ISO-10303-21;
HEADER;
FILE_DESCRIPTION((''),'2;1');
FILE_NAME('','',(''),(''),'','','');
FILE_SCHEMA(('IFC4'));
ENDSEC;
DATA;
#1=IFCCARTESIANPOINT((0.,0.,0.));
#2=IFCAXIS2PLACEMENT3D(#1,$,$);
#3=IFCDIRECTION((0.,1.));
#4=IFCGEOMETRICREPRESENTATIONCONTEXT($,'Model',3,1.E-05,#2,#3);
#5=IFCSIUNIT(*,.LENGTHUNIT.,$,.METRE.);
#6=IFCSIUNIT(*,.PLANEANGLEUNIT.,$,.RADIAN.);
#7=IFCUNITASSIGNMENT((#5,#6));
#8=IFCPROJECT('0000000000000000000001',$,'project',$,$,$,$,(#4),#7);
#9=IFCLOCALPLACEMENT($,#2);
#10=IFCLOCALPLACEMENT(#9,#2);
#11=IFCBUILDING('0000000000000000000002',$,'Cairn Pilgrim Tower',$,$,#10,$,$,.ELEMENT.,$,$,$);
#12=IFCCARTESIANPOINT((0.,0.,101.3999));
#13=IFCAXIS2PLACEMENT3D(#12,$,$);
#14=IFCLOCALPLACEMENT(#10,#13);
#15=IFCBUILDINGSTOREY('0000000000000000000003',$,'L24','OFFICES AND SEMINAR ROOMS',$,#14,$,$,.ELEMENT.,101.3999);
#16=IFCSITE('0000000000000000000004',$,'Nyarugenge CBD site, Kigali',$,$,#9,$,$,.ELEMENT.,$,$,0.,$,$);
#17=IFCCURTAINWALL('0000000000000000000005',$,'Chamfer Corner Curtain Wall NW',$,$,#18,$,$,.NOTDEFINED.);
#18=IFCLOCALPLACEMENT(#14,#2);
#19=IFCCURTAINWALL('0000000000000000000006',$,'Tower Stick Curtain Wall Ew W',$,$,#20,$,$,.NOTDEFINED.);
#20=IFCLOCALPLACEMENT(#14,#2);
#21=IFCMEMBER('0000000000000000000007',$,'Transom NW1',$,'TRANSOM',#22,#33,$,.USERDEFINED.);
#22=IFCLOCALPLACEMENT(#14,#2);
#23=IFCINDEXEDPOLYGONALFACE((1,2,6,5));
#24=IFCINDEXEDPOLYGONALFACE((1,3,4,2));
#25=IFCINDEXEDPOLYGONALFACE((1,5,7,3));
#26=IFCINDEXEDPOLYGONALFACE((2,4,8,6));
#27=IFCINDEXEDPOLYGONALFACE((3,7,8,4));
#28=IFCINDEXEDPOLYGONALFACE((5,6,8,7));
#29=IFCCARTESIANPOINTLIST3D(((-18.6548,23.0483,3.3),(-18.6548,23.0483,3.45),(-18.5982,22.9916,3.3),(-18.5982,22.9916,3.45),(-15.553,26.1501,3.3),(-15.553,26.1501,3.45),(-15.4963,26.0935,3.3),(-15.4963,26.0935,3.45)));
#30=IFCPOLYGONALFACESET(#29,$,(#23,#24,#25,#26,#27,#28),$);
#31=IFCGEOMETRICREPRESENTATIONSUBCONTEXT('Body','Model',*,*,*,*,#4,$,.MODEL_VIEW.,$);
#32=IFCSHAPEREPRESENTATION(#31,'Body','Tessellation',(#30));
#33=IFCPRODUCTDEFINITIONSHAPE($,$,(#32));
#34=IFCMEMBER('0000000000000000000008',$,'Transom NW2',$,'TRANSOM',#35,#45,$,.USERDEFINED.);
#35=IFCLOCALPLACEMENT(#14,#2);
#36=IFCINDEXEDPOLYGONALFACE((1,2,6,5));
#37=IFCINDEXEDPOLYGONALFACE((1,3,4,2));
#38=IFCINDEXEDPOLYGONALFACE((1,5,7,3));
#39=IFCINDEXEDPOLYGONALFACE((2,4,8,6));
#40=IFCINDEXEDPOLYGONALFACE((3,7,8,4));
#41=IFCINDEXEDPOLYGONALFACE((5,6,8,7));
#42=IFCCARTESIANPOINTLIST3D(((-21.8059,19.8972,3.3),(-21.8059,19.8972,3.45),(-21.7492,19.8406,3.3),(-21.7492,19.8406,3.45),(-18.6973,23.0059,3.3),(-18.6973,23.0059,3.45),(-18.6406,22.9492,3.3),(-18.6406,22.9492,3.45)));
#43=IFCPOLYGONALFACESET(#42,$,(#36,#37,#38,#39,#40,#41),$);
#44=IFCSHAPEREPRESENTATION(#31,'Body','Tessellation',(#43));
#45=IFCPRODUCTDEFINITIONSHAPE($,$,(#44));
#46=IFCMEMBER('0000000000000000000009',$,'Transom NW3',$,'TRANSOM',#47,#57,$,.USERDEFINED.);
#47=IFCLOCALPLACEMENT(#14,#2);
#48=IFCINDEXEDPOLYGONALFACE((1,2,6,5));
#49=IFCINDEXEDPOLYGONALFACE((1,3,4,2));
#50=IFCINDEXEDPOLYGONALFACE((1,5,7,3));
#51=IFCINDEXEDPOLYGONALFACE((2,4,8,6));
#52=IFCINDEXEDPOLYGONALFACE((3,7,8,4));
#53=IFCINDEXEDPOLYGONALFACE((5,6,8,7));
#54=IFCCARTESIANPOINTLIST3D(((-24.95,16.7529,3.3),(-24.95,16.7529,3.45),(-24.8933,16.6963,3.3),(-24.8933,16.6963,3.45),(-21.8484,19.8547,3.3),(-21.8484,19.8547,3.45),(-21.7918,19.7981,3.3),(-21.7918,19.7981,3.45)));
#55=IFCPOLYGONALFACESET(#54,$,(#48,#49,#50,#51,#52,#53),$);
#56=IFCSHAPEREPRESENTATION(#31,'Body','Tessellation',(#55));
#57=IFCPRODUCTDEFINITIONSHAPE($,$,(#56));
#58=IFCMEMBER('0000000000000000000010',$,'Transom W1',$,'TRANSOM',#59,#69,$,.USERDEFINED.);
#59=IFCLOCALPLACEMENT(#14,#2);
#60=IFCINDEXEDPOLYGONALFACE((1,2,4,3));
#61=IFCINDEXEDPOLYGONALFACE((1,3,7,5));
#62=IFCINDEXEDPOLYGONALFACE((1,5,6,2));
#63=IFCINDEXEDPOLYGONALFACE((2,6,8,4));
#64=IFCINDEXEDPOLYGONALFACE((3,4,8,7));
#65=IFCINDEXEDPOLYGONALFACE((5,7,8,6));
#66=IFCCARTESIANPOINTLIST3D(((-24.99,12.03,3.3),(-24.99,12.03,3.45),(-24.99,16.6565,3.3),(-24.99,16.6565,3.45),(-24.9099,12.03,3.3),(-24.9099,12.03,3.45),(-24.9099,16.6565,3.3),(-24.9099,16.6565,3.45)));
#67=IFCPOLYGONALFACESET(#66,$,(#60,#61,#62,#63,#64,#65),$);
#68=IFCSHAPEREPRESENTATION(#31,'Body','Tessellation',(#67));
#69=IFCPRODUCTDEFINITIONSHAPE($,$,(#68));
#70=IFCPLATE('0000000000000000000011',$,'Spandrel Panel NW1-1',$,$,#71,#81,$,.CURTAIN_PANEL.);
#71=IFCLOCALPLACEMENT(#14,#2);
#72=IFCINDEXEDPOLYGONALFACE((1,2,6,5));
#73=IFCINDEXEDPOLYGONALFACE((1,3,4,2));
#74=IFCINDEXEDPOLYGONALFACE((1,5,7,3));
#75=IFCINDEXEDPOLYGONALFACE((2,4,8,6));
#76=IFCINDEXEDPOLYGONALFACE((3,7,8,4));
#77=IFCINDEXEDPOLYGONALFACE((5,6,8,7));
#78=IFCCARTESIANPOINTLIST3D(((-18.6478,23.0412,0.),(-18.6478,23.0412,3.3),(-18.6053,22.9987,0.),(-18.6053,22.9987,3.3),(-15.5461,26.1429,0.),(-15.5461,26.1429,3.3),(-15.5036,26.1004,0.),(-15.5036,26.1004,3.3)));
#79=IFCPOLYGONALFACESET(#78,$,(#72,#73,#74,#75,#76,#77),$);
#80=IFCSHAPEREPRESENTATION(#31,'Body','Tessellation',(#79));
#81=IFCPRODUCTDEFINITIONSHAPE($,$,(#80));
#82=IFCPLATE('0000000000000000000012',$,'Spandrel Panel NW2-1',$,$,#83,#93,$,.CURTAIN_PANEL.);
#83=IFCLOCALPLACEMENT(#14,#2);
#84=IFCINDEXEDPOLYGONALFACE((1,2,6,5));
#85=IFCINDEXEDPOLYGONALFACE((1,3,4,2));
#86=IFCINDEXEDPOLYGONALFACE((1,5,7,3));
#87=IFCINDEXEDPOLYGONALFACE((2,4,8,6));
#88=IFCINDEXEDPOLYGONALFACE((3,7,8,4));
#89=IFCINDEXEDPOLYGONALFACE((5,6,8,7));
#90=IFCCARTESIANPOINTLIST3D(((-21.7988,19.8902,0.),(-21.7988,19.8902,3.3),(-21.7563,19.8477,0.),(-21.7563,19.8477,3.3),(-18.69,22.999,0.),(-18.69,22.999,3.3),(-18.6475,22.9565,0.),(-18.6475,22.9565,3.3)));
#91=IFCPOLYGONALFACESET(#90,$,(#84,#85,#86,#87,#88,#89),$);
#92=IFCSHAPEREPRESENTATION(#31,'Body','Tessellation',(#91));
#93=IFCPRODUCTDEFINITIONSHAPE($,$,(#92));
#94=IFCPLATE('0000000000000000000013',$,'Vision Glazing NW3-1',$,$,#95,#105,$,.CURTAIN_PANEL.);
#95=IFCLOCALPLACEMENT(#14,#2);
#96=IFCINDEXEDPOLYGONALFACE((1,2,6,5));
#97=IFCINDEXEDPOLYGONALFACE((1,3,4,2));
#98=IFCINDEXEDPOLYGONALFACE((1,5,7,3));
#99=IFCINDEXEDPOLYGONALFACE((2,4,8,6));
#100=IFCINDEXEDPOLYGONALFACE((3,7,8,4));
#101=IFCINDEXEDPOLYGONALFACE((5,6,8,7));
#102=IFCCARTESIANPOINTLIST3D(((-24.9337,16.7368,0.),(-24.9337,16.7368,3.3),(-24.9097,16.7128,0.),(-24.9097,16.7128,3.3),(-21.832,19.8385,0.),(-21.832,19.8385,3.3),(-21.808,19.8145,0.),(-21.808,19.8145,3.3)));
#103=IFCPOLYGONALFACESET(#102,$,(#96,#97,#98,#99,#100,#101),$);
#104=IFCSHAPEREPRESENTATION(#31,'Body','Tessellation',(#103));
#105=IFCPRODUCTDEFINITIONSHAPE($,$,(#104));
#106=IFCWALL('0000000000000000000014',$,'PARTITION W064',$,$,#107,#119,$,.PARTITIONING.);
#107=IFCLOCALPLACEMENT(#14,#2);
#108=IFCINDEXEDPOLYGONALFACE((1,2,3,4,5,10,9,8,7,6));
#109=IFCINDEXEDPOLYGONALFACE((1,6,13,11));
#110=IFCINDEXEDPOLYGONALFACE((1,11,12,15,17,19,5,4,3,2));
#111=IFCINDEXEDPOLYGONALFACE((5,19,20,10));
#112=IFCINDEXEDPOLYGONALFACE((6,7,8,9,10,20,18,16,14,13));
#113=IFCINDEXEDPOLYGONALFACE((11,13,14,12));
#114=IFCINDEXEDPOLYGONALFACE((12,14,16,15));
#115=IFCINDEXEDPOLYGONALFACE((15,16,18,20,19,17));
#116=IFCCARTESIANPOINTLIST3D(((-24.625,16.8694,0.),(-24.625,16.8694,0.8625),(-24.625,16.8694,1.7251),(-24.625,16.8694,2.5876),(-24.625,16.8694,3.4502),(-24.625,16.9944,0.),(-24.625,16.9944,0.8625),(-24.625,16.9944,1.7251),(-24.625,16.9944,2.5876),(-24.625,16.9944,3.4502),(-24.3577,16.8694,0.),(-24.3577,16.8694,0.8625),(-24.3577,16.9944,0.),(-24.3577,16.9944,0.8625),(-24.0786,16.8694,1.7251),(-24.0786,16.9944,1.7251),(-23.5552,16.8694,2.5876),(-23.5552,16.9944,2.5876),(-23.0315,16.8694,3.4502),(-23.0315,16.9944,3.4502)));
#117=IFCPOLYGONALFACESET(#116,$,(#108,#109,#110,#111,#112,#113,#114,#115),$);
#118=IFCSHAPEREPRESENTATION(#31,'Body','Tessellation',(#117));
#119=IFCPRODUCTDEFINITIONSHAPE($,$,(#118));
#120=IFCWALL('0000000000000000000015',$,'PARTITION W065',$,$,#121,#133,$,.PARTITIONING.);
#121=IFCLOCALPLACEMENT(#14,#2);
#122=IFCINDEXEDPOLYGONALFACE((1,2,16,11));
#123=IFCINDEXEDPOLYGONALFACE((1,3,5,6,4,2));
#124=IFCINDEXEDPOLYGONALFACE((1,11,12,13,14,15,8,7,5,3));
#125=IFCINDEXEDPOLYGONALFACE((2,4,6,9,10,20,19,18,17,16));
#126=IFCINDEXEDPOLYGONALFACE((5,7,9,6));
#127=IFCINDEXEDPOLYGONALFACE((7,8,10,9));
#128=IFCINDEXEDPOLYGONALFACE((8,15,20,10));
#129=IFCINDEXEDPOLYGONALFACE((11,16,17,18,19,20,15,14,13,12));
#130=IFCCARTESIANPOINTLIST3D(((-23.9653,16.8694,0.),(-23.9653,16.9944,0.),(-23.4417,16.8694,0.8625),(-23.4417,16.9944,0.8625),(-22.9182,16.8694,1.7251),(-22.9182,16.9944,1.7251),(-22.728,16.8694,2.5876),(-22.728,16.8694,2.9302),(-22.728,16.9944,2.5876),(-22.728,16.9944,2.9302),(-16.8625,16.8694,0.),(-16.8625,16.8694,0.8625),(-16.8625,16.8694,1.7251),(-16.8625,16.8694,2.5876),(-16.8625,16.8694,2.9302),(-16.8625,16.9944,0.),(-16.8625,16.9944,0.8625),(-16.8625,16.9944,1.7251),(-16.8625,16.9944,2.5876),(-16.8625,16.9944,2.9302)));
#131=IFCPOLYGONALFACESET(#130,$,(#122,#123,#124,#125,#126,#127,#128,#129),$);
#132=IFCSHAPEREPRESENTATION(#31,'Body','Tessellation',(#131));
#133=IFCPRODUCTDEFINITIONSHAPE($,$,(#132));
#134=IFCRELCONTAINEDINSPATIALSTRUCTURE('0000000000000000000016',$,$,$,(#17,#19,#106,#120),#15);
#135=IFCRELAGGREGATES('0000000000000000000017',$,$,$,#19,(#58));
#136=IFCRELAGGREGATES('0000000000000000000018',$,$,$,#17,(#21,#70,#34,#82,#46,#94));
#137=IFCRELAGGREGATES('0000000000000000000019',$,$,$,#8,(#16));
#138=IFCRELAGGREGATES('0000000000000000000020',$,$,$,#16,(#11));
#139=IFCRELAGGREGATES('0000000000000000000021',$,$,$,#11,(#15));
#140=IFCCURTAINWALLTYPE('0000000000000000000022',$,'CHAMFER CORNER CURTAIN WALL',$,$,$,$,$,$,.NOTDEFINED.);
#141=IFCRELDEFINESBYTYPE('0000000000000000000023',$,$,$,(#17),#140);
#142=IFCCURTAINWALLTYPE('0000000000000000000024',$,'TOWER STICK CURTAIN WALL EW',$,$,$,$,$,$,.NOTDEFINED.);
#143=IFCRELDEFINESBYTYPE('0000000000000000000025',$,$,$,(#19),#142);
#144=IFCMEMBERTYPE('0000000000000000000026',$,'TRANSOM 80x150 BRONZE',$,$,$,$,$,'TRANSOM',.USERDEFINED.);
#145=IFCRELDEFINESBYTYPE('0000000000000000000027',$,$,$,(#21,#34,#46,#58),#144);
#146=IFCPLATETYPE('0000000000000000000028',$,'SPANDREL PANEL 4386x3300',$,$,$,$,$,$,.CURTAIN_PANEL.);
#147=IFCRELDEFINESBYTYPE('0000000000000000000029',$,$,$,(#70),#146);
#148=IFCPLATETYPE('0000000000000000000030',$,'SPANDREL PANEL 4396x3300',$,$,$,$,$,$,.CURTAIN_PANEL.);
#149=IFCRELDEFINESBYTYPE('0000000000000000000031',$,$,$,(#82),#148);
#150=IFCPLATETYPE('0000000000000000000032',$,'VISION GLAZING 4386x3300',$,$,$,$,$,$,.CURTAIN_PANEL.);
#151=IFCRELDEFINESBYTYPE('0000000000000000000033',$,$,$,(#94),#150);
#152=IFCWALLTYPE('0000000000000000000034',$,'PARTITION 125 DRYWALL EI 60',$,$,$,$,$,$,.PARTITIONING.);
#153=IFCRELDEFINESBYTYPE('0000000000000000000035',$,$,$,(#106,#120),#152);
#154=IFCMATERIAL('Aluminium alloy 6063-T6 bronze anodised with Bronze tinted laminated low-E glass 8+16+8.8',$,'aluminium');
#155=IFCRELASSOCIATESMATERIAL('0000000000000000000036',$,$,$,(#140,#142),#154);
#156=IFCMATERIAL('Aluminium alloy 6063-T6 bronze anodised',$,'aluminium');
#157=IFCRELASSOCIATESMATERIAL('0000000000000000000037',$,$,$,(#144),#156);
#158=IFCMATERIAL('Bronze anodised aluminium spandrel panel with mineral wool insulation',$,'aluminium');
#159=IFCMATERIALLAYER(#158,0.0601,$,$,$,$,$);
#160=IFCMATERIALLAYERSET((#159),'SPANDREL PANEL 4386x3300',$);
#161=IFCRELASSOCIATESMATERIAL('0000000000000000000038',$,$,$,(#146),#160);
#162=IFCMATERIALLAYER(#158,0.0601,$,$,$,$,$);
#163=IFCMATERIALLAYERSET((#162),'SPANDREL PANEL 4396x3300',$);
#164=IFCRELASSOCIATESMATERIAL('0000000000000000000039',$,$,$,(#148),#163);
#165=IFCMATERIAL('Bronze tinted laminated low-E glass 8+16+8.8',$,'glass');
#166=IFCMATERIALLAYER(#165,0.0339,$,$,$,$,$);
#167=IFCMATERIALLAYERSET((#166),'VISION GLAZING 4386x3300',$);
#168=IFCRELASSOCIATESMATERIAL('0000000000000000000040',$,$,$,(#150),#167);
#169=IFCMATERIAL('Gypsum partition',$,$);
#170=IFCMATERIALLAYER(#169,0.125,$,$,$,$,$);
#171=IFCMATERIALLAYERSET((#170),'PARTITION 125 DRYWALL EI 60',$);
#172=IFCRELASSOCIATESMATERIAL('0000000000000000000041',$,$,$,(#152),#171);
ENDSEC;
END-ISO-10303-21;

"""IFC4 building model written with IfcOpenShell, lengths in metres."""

from ifc_helpers import new_model, si_unit, direction, frame, origin, origin_2d, place, context, subcontext, project, spatial, polyline, rectangle, outline, extrude, material, layer, layer_set, material_profile, profile_set, type_object, element, aggregate, save


model = new_model("IFC4")

# Units and contexts
model_context = context("Model", 3, precision=1e-05, world=origin(), true_north=direction((0.0, 1.0)))
body_context = subcontext(model_context, "Body", "Model", "MODEL_VIEW")
ifc_project = project(units=[si_unit("LENGTHUNIT", "METRE"), si_unit("PLANEANGLEUNIT", "RADIAN")], contexts=[model_context])

# Site, building, storey
site_placement = place(None, origin())
site = spatial("IfcSite", under=ifc_project, at=site_placement, Name="Nyarugenge CBD site, Kigali", CompositionType="ELEMENT", RefElevation=0.0)
building_placement = place(site_placement, origin())
building = spatial("IfcBuilding", under=site, at=building_placement, Name="Cairn Pilgrim Tower", CompositionType="ELEMENT")
storey_placement = place(building_placement, frame((0.0, 0.0, 101.3999)))
storey = spatial("IfcBuildingStorey", under=building, at=storey_placement, Name="L24", Description="OFFICES AND SEMINAR ROOMS", CompositionType="ELEMENT", Elevation=101.3999)

# Curtain wall
ifc_material_1 = material(Name="Aluminium alloy 6063-T6 bronze anodised with Bronze tinted laminated low-E glass 8+16+8.8", Category="aluminium")
curtain_wall_type_1 = type_object("IfcCurtainWallType", Name="CHAMFER CORNER CURTAIN WALL", PredefinedType="NOTDEFINED", material=ifc_material_1)
curtain_wall_1_placement = place(storey_placement, origin())
curtain_wall_1 = element("IfcCurtainWall", 1, at=curtain_wall_1_placement, inside=storey, type_object=curtain_wall_type_1, Name="Chamfer Corner Curtain Wall NW", PredefinedType="NOTDEFINED")
ifc_material_2 = material(Name="Aluminium alloy 6063-T6 bronze anodised", Category="aluminium")

# Curtain wall
curtain_wall_type_2 = type_object("IfcCurtainWallType", Name="TOWER STICK CURTAIN WALL EW", PredefinedType="NOTDEFINED", material=ifc_material_1)
curtain_wall_2_placement = place(storey_placement, origin())
curtain_wall_2 = element("IfcCurtainWall", 2, at=curtain_wall_2_placement, inside=storey, type_object=curtain_wall_type_2, Name="Tower Stick Curtain Wall Ew W", PredefinedType="NOTDEFINED")

# Members
ifc_material_profile_1 = material_profile(ifc_material_2, rectangle(XDim=0.0801, YDim=0.1499, at=origin_2d()), Name="TRANSOM 80x150 BRONZE")
ifc_profile_set_1 = profile_set([ifc_material_profile_1], Name="Aluminium alloy 6063-T6 bronze anodised")
member_type_1 = type_object("IfcMemberType", Name="TRANSOM 80x150 BRONZE", ElementType="TRANSOM", PredefinedType="USERDEFINED", material=ifc_profile_set_1)
member_1_placement = place(storey_placement, frame((-15.5247, 26.1218, 3.375), z_axis=(-0.707107, -0.707107, 0.0), x_axis=(0.707107, -0.707107, 0.0)))
member_1 = element("IfcMember", 3, at=member_1_placement, type_object=member_type_1, Name="Transom NW1", ObjectType="TRANSOM", PredefinedType="USERDEFINED", context=body_context, shape_type="SweptSolid", body=[
    extrude(rectangle(XDim=0.0801, YDim=0.1499, at=origin_2d()), origin(), (0.0, 0.0, 1.0), 4.3867),
])
member_2_placement = place(storey_placement, frame((-18.6689, 22.9775, 3.375), z_axis=(-0.707107, -0.707107, 0.0), x_axis=(0.707107, -0.707107, 0.0)))
member_2 = element("IfcMember", 4, at=member_2_placement, type_object=member_type_1, Name="Transom NW2", ObjectType="TRANSOM", PredefinedType="USERDEFINED", context=body_context, shape_type="SweptSolid", body=[
    extrude(rectangle(XDim=0.0801, YDim=0.1499, at=origin_2d()), origin(), (0.0, 0.0, 1.0), 4.3962),
])
member_3_placement = place(storey_placement, frame((-21.8201, 19.8264, 3.375), z_axis=(-0.707079, -0.707135, 0.0), x_axis=(0.707135, -0.707079, 0.0)))
member_3 = element("IfcMember", 5, at=member_3_placement, type_object=member_type_1, Name="Transom NW3", ObjectType="TRANSOM", PredefinedType="USERDEFINED", context=body_context, shape_type="SweptSolid", body=[
    extrude(rectangle(XDim=0.0801, YDim=0.1499, at=origin_2d()), origin(), (0.0, 0.0, 1.0), 4.3865),
])
member_4_placement = place(storey_placement, frame((-24.95, 16.6565, 3.375), z_axis=(0.0, -1.0, 0.0), x_axis=(1.0, 0.0, 0.0)))
member_4 = element("IfcMember", 6, at=member_4_placement, type_object=member_type_1, Name="Transom W1", ObjectType="TRANSOM", PredefinedType="USERDEFINED", context=body_context, shape_type="SweptSolid", body=[
    extrude(rectangle(XDim=0.0801, YDim=0.1499, at=origin_2d()), origin(), (0.0, 0.0, 1.0), 4.6265),
])
aggregate(curtain_wall_2, [member_4])

# Plates
ifc_material_3 = material(Name="Bronze anodised aluminium spandrel panel with mineral wool insulation", Category="aluminium")
ifc_layer_1 = layer(ifc_material_3, 0.0601)
ifc_layer_set_1 = layer_set([ifc_layer_1], Name="SPANDREL PANEL 4386x3300")
plate_type_1 = type_object("IfcPlateType", Name="SPANDREL PANEL 4386x3300", PredefinedType="CURTAIN_PANEL", material=ifc_layer_set_1)
plate_1_placement = place(storey_placement, frame((-17.0757, 24.5708, 0.0), z_axis=(0.0, 0.0, 1.0), x_axis=(-0.707107, -0.707107, 0.0)))
plate_1 = element("IfcPlate", 7, at=plate_1_placement, type_object=plate_type_1, Name="Spandrel Panel NW1-1", PredefinedType="CURTAIN_PANEL", context=body_context, shape_type="SweptSolid", body=[
    extrude(rectangle(XDim=4.3865, YDim=0.0601, at=origin_2d()), origin(), (0.0, 0.0, 1.0), 3.3),
])
ifc_layer_2 = layer(ifc_material_3, 0.0601)
ifc_layer_set_2 = layer_set([ifc_layer_2], Name="SPANDREL PANEL 4396x3300")
plate_type_2 = type_object("IfcPlateType", Name="SPANDREL PANEL 4396x3300", PredefinedType="CURTAIN_PANEL", material=ifc_layer_set_2)
plate_2_placement = place(storey_placement, frame((-20.2231, 21.4233, 0.0), z_axis=(0.0, 0.0, 1.0), x_axis=(-0.707107, -0.707107, 0.0)))
plate_2 = element("IfcPlate", 8, at=plate_2_placement, type_object=plate_type_2, Name="Spandrel Panel NW2-1", PredefinedType="CURTAIN_PANEL", context=body_context, shape_type="SweptSolid", body=[
    extrude(rectangle(XDim=4.3965, YDim=0.0601, at=origin_2d()), origin(), (0.0, 0.0, 1.0), 3.3),
])
ifc_material_4 = material(Name="Bronze tinted laminated low-E glass 8+16+8.8", Category="glass")
ifc_layer_3 = layer(ifc_material_4, 0.0339)
ifc_layer_set_3 = layer_set([ifc_layer_3], Name="VISION GLAZING 4386x3300")
plate_type_3 = type_object("IfcPlateType", Name="VISION GLAZING 4386x3300", PredefinedType="CURTAIN_PANEL", material=ifc_layer_set_3)
plate_3_placement = place(storey_placement, frame((-23.3708, 18.2756, 0.0), z_axis=(0.0, 0.0, 1.0), x_axis=(-0.707107, -0.707107, 0.0)))
plate_3 = element("IfcPlate", 9, at=plate_3_placement, type_object=plate_type_3, Name="Vision Glazing NW3-1", PredefinedType="CURTAIN_PANEL", context=body_context, shape_type="SweptSolid", body=[
    extrude(rectangle(XDim=4.3865, YDim=0.0339, at=origin_2d()), origin(), (0.0, 0.0, 1.0), 3.3),
])
aggregate(curtain_wall_1, [member_1, plate_1, member_2, plate_2, member_3, plate_3])

# Walls
ifc_material_5 = material(Name="Gypsum partition")
ifc_layer_4 = layer(ifc_material_5, 0.125)
ifc_layer_set_4 = layer_set([ifc_layer_4], Name="PARTITION 125 DRYWALL EI 60")
wall_type = type_object("IfcWallType", Name="PARTITION 125 DRYWALL EI 60", PredefinedType="PARTITIONING", material=ifc_layer_set_4)
wall_1_placement = place(storey_placement, frame((-24.625, 16.9319, 0.0), z_axis=(0.0, 0.0, 1.0), x_axis=(1.0, 0.0, 0.0)))
element("IfcWall", 10, at=wall_1_placement, inside=storey, type_object=wall_type, Name="PARTITION W064", PredefinedType="PARTITIONING", context=body_context, shape_type="SweptSolid", body=[
    extrude(outline(polyline([(0.0, 0.0), (0.2673, 0.0), (0.2673, 0.8625), (0.5464, 1.7251), (1.0698, 2.5876), (1.5935, 3.4502), (0.0, 3.4502), (0.0, 2.5876), (0.0, 1.7251), (0.0, 0.8625), (0.0, 0.0)])), frame((0.0, 0.0625, 0.0), z_axis=(0.0, -1.0, 0.0), x_axis=(1.0, 0.0, 0.0)), (0.0, 0.0, 1.0), 0.125),
])
wall_2_placement = place(storey_placement, frame((-23.9653, 16.9319, 0.0), z_axis=(0.0, 0.0, 1.0), x_axis=(1.0, 0.0, 0.0)))
element("IfcWall", 11, at=wall_2_placement, inside=storey, type_object=wall_type, Name="PARTITION W065", PredefinedType="PARTITIONING", context=body_context, shape_type="SweptSolid", body=[
    extrude(outline(polyline([(0.0, 0.0), (7.1028, 0.0), (7.1028, 0.8625), (7.1028, 1.7251), (7.1028, 2.5876), (7.1028, 2.9302), (1.2373, 2.9302), (1.2373, 2.5876), (1.0471, 1.7251), (0.5237, 0.8625), (0.0, 0.0)])), frame((0.0, 0.0625, 0.0), z_axis=(0.0, -1.0, 0.0), x_axis=(1.0, 0.0, 0.0)), (0.0, 0.0, 1.0), 0.125),
])

save(model, "model.ifc")
